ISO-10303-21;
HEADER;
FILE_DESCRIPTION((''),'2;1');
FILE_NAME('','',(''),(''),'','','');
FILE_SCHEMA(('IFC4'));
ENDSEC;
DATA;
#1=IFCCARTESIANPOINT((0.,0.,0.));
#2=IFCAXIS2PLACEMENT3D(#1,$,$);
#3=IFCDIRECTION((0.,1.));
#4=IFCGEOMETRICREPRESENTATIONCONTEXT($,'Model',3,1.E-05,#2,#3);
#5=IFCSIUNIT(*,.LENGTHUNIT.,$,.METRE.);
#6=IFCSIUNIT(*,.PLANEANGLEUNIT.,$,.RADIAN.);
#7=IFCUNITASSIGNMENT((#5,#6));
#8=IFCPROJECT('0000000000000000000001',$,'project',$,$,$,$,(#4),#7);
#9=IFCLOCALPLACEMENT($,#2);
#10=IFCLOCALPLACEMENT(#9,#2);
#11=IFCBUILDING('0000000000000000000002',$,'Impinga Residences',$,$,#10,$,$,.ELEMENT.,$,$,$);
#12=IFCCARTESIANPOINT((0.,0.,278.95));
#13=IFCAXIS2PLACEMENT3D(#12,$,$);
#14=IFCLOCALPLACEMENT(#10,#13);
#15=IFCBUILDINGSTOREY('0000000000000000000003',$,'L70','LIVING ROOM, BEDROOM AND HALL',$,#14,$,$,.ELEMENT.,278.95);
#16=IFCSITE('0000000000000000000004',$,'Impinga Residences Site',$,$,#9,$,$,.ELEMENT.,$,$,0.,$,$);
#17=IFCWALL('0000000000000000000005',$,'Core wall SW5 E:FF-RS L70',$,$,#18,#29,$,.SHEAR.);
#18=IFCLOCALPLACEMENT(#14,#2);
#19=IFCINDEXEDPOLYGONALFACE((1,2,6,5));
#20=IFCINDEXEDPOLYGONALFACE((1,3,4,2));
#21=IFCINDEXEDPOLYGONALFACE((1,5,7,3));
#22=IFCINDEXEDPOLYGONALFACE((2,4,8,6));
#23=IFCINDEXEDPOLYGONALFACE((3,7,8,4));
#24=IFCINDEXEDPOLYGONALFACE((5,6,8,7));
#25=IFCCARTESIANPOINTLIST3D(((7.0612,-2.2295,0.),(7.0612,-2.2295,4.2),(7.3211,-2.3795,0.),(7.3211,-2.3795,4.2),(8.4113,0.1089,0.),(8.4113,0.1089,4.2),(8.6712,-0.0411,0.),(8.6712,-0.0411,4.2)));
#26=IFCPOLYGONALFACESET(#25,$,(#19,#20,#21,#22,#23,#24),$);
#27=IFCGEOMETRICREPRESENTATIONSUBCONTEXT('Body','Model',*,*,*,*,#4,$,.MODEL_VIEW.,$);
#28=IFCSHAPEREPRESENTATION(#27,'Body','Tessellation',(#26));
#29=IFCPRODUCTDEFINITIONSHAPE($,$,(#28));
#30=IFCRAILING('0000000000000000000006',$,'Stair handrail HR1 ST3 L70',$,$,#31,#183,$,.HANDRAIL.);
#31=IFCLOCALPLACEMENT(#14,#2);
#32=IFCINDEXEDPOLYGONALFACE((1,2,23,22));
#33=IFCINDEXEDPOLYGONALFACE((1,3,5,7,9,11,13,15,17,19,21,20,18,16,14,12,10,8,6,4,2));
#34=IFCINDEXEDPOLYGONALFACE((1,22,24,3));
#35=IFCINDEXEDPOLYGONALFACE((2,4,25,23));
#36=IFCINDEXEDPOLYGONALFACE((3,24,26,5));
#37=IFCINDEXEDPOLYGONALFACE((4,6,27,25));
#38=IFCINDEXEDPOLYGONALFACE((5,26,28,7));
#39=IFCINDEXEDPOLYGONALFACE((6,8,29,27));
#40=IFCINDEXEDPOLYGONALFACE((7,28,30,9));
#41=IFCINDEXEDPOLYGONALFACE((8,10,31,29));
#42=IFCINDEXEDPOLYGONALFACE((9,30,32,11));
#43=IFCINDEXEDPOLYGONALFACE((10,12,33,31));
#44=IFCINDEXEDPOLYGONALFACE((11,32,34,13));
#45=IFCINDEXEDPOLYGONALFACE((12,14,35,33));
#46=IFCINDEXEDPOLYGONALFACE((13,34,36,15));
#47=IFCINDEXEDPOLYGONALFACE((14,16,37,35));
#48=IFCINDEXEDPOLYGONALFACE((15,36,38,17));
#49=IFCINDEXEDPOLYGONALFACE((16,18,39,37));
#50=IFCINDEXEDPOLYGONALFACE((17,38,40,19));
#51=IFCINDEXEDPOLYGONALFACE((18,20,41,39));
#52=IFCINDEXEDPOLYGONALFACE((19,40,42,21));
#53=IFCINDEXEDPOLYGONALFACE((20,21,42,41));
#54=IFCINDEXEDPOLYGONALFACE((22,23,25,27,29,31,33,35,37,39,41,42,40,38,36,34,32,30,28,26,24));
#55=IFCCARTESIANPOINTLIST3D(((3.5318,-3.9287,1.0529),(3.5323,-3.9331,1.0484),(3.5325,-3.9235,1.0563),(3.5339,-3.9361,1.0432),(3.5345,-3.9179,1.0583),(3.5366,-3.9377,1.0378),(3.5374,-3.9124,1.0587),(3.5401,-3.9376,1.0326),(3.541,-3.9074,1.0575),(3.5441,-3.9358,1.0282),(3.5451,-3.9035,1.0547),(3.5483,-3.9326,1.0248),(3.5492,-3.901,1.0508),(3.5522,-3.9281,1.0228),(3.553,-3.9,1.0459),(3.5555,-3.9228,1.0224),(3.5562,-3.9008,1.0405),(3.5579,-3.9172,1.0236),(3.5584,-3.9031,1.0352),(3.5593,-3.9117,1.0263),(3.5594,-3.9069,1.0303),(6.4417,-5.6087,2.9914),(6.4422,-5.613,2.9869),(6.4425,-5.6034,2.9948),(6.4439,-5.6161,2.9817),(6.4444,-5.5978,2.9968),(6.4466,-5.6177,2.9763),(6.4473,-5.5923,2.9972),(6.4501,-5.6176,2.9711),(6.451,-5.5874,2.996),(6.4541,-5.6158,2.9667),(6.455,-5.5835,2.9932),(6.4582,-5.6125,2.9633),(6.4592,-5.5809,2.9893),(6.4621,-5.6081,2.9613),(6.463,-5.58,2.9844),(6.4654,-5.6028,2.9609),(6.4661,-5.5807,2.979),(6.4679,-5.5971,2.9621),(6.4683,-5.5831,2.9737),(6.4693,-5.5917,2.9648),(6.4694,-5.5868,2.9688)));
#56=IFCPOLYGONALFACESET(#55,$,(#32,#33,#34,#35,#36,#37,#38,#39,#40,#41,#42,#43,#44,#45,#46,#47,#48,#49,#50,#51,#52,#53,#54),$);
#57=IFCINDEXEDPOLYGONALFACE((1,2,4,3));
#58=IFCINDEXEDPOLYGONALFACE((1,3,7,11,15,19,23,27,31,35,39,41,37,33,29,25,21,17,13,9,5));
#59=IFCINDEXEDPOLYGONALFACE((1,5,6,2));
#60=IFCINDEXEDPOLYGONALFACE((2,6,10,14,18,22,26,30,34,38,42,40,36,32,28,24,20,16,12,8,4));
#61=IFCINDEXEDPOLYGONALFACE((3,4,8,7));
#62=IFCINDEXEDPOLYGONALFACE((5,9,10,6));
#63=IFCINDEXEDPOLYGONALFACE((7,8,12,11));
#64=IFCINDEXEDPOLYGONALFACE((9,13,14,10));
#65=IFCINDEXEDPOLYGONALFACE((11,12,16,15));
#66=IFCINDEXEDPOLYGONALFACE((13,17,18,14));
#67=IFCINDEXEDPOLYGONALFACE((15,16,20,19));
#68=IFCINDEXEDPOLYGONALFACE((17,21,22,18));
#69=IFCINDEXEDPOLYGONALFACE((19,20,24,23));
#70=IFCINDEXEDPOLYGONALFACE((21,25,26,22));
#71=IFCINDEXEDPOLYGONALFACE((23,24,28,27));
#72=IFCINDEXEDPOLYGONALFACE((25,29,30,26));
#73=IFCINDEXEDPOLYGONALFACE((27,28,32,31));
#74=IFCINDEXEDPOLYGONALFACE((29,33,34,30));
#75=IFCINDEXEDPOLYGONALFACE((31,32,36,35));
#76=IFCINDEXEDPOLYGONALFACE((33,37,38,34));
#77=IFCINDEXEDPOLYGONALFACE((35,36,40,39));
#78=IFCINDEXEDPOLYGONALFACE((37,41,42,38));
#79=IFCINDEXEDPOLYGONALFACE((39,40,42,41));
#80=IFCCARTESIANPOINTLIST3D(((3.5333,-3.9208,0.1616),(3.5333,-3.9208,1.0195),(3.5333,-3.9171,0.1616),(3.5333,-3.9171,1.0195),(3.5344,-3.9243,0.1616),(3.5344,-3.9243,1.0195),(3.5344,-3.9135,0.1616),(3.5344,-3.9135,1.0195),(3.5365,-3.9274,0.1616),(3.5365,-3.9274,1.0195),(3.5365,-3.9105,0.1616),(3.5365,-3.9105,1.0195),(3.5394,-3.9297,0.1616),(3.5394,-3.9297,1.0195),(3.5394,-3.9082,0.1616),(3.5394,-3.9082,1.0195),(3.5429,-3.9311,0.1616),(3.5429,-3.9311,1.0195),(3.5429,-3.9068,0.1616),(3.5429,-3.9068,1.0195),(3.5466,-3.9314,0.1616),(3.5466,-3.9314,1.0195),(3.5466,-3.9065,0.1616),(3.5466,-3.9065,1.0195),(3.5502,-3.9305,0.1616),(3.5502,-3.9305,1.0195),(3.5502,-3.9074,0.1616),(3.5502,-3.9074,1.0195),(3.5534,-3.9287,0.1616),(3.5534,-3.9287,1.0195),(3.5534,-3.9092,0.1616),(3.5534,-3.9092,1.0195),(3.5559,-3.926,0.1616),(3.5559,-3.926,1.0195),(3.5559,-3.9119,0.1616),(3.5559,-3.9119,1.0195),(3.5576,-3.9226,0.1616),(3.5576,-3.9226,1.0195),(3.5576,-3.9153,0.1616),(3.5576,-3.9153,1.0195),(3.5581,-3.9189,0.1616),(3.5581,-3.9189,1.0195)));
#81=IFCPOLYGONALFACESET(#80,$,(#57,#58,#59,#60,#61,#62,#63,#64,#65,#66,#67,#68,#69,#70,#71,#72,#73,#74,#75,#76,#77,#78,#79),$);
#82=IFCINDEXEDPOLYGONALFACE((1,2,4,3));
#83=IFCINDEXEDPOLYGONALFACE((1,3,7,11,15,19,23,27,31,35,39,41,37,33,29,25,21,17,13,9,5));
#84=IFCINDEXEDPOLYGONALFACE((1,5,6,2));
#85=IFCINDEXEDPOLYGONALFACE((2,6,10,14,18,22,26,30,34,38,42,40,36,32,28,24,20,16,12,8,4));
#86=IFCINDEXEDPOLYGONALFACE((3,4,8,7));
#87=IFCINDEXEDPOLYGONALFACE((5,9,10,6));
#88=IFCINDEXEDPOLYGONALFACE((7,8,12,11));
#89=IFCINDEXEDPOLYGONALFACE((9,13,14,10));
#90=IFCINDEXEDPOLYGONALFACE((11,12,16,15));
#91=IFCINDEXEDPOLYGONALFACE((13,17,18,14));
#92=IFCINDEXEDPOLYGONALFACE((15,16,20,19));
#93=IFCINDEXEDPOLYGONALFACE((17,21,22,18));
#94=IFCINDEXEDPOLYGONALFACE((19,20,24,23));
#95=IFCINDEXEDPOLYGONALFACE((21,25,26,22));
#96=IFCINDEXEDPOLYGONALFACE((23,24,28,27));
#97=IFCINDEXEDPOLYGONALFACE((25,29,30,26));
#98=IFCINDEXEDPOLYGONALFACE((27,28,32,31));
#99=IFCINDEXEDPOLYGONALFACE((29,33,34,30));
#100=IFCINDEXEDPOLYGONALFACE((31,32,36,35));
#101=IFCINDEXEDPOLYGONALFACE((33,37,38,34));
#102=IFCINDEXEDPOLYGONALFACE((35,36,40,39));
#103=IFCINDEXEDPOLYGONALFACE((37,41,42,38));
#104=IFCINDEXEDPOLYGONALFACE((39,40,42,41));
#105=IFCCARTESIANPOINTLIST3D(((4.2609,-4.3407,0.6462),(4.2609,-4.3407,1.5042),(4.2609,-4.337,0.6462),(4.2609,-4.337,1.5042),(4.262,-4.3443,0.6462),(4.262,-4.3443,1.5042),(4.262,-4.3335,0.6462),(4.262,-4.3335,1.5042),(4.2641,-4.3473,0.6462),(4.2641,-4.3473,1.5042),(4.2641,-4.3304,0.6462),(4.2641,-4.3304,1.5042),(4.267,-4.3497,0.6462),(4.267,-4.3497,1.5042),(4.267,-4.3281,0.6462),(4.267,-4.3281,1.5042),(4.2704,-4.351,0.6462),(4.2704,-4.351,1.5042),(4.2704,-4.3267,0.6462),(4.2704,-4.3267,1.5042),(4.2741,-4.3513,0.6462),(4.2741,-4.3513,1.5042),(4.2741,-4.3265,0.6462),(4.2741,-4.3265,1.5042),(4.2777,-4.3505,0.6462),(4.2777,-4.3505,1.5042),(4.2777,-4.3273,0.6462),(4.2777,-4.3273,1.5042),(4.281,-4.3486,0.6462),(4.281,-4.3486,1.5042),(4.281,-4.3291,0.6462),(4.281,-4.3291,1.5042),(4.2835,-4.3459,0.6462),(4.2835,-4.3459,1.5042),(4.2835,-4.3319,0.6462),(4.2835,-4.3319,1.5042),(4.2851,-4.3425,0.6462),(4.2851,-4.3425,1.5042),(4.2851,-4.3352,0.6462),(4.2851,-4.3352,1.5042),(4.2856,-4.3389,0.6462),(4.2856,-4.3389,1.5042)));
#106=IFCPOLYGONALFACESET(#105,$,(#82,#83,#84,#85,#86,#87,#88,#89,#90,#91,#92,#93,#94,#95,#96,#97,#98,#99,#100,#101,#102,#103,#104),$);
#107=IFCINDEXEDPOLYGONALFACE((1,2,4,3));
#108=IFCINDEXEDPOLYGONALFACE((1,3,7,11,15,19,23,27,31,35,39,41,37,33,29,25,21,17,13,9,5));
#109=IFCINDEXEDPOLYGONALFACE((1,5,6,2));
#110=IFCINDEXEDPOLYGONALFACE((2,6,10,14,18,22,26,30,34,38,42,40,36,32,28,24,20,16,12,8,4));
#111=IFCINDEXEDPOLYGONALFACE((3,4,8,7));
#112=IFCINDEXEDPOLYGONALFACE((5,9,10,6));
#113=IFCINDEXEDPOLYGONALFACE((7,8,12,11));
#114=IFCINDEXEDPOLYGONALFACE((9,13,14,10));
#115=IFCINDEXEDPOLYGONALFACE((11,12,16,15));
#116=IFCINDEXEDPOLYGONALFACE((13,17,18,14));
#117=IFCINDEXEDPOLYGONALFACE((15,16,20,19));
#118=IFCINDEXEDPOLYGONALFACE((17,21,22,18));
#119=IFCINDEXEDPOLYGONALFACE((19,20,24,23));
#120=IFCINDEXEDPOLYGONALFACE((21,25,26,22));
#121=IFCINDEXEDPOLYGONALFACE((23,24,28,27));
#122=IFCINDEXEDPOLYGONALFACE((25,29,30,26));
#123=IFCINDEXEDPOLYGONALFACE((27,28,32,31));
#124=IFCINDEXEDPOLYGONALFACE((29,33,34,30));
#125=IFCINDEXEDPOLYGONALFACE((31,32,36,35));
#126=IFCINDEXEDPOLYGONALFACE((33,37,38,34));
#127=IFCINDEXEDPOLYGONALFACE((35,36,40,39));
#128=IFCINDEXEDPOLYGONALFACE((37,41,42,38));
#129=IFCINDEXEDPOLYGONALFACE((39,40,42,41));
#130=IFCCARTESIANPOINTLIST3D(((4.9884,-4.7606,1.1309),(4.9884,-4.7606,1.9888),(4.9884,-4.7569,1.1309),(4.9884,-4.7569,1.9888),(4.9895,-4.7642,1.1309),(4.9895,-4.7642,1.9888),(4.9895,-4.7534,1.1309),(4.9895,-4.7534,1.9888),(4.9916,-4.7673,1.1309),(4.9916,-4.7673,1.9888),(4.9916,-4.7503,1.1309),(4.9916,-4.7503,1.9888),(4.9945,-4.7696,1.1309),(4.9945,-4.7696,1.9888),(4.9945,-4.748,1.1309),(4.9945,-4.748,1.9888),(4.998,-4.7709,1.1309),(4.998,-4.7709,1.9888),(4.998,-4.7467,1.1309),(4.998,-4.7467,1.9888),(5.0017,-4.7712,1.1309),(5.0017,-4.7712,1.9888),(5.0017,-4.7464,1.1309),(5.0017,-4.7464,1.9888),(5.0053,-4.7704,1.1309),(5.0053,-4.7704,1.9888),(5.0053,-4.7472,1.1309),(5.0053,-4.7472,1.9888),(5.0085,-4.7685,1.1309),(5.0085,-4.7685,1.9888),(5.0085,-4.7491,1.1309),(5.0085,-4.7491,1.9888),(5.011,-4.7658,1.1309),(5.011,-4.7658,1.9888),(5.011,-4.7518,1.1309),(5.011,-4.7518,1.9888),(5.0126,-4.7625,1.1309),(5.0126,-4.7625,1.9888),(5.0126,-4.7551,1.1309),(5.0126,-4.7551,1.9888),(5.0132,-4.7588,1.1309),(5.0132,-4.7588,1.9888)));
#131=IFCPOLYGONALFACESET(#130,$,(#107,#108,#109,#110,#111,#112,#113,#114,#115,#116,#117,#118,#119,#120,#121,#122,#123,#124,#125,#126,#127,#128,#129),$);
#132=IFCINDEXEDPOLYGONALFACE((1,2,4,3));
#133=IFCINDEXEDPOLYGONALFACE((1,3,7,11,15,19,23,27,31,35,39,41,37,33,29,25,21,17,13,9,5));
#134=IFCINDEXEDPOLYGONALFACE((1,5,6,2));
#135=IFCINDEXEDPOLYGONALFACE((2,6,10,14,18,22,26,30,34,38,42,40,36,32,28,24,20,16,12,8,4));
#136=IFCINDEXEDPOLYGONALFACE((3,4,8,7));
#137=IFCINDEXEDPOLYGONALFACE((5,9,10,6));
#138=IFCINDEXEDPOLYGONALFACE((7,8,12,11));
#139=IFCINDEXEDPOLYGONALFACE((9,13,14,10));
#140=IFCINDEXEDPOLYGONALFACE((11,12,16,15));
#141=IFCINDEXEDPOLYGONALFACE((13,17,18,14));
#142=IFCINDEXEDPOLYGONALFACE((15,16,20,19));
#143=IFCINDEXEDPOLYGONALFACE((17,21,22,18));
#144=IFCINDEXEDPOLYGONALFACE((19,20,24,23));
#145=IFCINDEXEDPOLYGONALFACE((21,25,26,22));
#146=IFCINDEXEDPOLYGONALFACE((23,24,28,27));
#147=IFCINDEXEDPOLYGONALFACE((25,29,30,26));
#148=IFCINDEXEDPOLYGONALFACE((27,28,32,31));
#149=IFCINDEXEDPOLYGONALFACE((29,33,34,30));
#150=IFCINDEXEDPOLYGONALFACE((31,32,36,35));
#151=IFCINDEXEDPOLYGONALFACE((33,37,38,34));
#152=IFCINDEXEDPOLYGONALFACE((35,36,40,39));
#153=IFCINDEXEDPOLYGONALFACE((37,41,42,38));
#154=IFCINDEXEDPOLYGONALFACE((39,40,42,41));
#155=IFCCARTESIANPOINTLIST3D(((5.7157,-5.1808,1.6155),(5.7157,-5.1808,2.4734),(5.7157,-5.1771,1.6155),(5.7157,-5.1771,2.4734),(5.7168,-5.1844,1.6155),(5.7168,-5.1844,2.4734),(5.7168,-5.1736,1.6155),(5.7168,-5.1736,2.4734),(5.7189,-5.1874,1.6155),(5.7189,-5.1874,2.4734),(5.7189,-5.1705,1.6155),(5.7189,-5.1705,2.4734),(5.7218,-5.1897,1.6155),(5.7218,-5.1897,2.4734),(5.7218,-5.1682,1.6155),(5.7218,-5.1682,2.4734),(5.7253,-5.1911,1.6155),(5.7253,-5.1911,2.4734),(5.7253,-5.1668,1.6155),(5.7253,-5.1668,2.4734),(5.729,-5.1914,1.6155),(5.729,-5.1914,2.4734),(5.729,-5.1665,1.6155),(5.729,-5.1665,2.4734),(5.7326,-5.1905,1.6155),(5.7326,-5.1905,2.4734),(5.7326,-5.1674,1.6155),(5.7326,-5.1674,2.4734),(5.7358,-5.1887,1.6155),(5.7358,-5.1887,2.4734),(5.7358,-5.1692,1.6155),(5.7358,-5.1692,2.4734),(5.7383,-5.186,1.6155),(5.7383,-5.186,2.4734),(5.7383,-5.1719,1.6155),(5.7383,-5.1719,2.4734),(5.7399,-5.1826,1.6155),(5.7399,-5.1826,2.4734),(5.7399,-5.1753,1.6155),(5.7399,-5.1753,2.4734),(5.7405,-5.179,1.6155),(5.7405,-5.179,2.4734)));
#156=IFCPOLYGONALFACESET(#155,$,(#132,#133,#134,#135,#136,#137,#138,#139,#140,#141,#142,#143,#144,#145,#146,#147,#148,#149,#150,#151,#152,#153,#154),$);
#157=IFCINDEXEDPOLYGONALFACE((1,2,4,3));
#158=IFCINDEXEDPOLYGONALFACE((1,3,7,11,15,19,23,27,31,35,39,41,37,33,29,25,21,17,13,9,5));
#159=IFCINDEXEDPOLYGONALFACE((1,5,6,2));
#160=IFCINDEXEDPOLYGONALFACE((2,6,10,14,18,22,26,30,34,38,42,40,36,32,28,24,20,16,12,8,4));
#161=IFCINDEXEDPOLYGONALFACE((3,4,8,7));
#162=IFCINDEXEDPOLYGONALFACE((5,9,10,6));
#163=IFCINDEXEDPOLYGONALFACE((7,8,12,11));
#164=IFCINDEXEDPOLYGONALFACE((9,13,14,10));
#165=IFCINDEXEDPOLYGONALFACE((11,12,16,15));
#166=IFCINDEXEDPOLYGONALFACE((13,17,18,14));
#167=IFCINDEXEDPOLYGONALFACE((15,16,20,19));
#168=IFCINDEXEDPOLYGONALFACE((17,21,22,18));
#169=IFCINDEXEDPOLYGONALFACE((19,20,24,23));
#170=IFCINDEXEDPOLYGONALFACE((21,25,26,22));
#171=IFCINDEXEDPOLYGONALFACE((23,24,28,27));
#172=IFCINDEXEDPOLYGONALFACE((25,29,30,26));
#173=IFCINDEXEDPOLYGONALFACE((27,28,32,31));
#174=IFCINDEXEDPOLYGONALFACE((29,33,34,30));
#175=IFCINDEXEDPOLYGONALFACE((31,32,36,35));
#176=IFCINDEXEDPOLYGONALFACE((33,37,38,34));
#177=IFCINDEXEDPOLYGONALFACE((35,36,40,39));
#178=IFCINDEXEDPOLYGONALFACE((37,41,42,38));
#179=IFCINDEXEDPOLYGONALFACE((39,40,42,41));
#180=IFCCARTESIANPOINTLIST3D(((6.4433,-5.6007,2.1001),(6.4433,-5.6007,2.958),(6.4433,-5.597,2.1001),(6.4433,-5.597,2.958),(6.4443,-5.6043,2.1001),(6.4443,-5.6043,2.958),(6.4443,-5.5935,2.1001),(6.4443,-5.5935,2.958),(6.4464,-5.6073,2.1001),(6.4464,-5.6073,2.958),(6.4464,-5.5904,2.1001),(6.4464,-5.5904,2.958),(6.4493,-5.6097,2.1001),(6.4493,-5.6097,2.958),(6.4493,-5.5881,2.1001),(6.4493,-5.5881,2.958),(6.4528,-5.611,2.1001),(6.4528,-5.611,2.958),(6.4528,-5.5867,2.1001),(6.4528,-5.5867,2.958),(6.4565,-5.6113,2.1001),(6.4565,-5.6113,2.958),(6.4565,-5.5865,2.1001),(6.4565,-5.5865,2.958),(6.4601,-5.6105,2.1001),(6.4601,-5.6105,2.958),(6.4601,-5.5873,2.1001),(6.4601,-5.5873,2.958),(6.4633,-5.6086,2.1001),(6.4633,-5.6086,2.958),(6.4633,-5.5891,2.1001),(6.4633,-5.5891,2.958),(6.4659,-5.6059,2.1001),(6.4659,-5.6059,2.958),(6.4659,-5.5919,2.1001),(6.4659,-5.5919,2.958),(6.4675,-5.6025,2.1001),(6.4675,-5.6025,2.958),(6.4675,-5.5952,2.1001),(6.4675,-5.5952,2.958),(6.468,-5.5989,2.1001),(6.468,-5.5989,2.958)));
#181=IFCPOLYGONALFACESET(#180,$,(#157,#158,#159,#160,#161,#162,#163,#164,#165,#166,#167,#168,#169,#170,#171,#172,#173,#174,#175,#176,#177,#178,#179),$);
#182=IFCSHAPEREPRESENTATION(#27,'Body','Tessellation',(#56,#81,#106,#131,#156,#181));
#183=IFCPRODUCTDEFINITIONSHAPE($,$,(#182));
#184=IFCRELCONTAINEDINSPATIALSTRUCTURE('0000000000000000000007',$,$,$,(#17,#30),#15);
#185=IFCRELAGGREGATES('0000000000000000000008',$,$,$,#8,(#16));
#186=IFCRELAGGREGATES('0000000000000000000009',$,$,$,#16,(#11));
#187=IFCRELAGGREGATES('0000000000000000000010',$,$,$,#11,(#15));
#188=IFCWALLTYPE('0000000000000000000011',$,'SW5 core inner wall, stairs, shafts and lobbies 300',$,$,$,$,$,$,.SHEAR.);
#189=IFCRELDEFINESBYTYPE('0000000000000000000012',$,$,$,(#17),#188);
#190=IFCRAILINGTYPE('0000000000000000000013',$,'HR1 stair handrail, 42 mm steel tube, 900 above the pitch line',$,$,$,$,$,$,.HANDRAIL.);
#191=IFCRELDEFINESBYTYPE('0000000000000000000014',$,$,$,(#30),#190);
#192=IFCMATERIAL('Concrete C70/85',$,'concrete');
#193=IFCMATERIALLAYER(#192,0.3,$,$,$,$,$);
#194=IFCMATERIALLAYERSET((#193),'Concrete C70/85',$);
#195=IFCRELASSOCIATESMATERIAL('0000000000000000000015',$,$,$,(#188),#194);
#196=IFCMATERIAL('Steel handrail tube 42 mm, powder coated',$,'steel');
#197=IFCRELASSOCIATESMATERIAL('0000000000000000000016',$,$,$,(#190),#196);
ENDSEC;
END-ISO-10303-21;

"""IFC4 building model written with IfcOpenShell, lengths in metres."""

from ifc_helpers import new_model, si_unit, direction, frame, frame_2d, origin, origin_2d, place, context, subcontext, project, spatial, rectangle, circle, extrude, material, layer, layer_set, type_object, element, save


model = new_model("IFC4")

# Units and contexts
model_context = context("Model", 3, precision=1e-05, world=origin(), true_north=direction((0.0, 1.0)))
body_context = subcontext(model_context, "Body", "Model", "MODEL_VIEW")
ifc_project = project(units=[si_unit("LENGTHUNIT", "METRE"), si_unit("PLANEANGLEUNIT", "RADIAN")], contexts=[model_context])

# Site, building, storey
site_placement = place(None, origin())
site = spatial("IfcSite", under=ifc_project, at=site_placement, Name="Impinga Residences Site", CompositionType="ELEMENT", RefElevation=0.0)
building_placement = place(site_placement, origin())
building = spatial("IfcBuilding", under=site, at=building_placement, Name="Impinga Residences", CompositionType="ELEMENT")
storey_placement = place(building_placement, frame((0.0, 0.0, 278.95)))
storey = spatial("IfcBuildingStorey", under=building, at=storey_placement, Name="L70", Description="LIVING ROOM, BEDROOM AND HALL", CompositionType="ELEMENT", Elevation=278.95)

# Shared definitions
ifc_material_1 = material(Name="Concrete C70/85", Category="concrete")
ifc_layer_1 = layer(ifc_material_1, 0.3)
ifc_layer_set_1 = layer_set([ifc_layer_1], Name="Concrete C70/85")
wall_type = type_object("IfcWallType", Name="SW5 core inner wall, stairs, shafts and lobbies 300", PredefinedType="SHEAR", material=ifc_layer_set_1)

# Wall
wall_1_placement = place(storey_placement, frame((8.5413, 0.0339, 0.0), z_axis=(0.0, 0.0, 1.0), x_axis=(-0.500009, -0.86602, 0.0)))
element("IfcWall", 1, at=wall_1_placement, inside=storey, type_object=wall_type, Name="Core wall SW5 E:FF-RS L70", PredefinedType="SHEAR", context=body_context, shape_type="SweptSolid", body=[
    extrude(rectangle(XDim=2.7002, YDim=0.3, at=frame_2d((1.3501, 0.0))), origin(), (0.0, 0.0, 1.0), 4.2),
])

# Railing
ifc_material_2 = material(Name="Steel handrail tube 42 mm, powder coated", Category="steel")
railing_type = type_object("IfcRailingType", Name="HR1 stair handrail, 42 mm steel tube, 900 above the pitch line", PredefinedType="HANDRAIL", material=ifc_material_2)
railing_placement = place(storey_placement, frame((3.5457, -3.9189, 0.1616)))
element("IfcRailing", 2, at=railing_placement, inside=storey, type_object=railing_type, Name="Stair handrail HR1 ST3 L70", PredefinedType="HANDRAIL", context=body_context, shape_type="SweptSolid", body=[
    extrude(circle(Radius=0.021, at=origin_2d()), frame((0.0, 0.0, 0.8789), z_axis=(0.750151, -0.433072, 0.499723), x_axis=(0.499976, 0.866039, 0.0)), (0.0, 0.0, 1.0), 3.8792),
    extrude(circle(Radius=0.0125, at=origin_2d()), origin(), (0.0, 0.0, 1.0), 0.8579),
    extrude(circle(Radius=0.0125, at=origin_2d()), frame((0.7275, -0.4199, 0.4846)), (0.0, 0.0, 1.0), 0.8579),
    extrude(circle(Radius=0.0125, at=origin_2d()), frame((1.4551, -0.8398, 0.9692)), (0.0, 0.0, 1.0), 0.8579),
    extrude(circle(Radius=0.0125, at=origin_2d()), frame((2.1824, -1.26, 1.4539)), (0.0, 0.0, 1.0), 0.8579),
    extrude(circle(Radius=0.0125, at=origin_2d()), frame((2.9099, -1.6799, 1.9385)), (0.0, 0.0, 1.0), 0.8579),
])

save(model, "model.ifc")
